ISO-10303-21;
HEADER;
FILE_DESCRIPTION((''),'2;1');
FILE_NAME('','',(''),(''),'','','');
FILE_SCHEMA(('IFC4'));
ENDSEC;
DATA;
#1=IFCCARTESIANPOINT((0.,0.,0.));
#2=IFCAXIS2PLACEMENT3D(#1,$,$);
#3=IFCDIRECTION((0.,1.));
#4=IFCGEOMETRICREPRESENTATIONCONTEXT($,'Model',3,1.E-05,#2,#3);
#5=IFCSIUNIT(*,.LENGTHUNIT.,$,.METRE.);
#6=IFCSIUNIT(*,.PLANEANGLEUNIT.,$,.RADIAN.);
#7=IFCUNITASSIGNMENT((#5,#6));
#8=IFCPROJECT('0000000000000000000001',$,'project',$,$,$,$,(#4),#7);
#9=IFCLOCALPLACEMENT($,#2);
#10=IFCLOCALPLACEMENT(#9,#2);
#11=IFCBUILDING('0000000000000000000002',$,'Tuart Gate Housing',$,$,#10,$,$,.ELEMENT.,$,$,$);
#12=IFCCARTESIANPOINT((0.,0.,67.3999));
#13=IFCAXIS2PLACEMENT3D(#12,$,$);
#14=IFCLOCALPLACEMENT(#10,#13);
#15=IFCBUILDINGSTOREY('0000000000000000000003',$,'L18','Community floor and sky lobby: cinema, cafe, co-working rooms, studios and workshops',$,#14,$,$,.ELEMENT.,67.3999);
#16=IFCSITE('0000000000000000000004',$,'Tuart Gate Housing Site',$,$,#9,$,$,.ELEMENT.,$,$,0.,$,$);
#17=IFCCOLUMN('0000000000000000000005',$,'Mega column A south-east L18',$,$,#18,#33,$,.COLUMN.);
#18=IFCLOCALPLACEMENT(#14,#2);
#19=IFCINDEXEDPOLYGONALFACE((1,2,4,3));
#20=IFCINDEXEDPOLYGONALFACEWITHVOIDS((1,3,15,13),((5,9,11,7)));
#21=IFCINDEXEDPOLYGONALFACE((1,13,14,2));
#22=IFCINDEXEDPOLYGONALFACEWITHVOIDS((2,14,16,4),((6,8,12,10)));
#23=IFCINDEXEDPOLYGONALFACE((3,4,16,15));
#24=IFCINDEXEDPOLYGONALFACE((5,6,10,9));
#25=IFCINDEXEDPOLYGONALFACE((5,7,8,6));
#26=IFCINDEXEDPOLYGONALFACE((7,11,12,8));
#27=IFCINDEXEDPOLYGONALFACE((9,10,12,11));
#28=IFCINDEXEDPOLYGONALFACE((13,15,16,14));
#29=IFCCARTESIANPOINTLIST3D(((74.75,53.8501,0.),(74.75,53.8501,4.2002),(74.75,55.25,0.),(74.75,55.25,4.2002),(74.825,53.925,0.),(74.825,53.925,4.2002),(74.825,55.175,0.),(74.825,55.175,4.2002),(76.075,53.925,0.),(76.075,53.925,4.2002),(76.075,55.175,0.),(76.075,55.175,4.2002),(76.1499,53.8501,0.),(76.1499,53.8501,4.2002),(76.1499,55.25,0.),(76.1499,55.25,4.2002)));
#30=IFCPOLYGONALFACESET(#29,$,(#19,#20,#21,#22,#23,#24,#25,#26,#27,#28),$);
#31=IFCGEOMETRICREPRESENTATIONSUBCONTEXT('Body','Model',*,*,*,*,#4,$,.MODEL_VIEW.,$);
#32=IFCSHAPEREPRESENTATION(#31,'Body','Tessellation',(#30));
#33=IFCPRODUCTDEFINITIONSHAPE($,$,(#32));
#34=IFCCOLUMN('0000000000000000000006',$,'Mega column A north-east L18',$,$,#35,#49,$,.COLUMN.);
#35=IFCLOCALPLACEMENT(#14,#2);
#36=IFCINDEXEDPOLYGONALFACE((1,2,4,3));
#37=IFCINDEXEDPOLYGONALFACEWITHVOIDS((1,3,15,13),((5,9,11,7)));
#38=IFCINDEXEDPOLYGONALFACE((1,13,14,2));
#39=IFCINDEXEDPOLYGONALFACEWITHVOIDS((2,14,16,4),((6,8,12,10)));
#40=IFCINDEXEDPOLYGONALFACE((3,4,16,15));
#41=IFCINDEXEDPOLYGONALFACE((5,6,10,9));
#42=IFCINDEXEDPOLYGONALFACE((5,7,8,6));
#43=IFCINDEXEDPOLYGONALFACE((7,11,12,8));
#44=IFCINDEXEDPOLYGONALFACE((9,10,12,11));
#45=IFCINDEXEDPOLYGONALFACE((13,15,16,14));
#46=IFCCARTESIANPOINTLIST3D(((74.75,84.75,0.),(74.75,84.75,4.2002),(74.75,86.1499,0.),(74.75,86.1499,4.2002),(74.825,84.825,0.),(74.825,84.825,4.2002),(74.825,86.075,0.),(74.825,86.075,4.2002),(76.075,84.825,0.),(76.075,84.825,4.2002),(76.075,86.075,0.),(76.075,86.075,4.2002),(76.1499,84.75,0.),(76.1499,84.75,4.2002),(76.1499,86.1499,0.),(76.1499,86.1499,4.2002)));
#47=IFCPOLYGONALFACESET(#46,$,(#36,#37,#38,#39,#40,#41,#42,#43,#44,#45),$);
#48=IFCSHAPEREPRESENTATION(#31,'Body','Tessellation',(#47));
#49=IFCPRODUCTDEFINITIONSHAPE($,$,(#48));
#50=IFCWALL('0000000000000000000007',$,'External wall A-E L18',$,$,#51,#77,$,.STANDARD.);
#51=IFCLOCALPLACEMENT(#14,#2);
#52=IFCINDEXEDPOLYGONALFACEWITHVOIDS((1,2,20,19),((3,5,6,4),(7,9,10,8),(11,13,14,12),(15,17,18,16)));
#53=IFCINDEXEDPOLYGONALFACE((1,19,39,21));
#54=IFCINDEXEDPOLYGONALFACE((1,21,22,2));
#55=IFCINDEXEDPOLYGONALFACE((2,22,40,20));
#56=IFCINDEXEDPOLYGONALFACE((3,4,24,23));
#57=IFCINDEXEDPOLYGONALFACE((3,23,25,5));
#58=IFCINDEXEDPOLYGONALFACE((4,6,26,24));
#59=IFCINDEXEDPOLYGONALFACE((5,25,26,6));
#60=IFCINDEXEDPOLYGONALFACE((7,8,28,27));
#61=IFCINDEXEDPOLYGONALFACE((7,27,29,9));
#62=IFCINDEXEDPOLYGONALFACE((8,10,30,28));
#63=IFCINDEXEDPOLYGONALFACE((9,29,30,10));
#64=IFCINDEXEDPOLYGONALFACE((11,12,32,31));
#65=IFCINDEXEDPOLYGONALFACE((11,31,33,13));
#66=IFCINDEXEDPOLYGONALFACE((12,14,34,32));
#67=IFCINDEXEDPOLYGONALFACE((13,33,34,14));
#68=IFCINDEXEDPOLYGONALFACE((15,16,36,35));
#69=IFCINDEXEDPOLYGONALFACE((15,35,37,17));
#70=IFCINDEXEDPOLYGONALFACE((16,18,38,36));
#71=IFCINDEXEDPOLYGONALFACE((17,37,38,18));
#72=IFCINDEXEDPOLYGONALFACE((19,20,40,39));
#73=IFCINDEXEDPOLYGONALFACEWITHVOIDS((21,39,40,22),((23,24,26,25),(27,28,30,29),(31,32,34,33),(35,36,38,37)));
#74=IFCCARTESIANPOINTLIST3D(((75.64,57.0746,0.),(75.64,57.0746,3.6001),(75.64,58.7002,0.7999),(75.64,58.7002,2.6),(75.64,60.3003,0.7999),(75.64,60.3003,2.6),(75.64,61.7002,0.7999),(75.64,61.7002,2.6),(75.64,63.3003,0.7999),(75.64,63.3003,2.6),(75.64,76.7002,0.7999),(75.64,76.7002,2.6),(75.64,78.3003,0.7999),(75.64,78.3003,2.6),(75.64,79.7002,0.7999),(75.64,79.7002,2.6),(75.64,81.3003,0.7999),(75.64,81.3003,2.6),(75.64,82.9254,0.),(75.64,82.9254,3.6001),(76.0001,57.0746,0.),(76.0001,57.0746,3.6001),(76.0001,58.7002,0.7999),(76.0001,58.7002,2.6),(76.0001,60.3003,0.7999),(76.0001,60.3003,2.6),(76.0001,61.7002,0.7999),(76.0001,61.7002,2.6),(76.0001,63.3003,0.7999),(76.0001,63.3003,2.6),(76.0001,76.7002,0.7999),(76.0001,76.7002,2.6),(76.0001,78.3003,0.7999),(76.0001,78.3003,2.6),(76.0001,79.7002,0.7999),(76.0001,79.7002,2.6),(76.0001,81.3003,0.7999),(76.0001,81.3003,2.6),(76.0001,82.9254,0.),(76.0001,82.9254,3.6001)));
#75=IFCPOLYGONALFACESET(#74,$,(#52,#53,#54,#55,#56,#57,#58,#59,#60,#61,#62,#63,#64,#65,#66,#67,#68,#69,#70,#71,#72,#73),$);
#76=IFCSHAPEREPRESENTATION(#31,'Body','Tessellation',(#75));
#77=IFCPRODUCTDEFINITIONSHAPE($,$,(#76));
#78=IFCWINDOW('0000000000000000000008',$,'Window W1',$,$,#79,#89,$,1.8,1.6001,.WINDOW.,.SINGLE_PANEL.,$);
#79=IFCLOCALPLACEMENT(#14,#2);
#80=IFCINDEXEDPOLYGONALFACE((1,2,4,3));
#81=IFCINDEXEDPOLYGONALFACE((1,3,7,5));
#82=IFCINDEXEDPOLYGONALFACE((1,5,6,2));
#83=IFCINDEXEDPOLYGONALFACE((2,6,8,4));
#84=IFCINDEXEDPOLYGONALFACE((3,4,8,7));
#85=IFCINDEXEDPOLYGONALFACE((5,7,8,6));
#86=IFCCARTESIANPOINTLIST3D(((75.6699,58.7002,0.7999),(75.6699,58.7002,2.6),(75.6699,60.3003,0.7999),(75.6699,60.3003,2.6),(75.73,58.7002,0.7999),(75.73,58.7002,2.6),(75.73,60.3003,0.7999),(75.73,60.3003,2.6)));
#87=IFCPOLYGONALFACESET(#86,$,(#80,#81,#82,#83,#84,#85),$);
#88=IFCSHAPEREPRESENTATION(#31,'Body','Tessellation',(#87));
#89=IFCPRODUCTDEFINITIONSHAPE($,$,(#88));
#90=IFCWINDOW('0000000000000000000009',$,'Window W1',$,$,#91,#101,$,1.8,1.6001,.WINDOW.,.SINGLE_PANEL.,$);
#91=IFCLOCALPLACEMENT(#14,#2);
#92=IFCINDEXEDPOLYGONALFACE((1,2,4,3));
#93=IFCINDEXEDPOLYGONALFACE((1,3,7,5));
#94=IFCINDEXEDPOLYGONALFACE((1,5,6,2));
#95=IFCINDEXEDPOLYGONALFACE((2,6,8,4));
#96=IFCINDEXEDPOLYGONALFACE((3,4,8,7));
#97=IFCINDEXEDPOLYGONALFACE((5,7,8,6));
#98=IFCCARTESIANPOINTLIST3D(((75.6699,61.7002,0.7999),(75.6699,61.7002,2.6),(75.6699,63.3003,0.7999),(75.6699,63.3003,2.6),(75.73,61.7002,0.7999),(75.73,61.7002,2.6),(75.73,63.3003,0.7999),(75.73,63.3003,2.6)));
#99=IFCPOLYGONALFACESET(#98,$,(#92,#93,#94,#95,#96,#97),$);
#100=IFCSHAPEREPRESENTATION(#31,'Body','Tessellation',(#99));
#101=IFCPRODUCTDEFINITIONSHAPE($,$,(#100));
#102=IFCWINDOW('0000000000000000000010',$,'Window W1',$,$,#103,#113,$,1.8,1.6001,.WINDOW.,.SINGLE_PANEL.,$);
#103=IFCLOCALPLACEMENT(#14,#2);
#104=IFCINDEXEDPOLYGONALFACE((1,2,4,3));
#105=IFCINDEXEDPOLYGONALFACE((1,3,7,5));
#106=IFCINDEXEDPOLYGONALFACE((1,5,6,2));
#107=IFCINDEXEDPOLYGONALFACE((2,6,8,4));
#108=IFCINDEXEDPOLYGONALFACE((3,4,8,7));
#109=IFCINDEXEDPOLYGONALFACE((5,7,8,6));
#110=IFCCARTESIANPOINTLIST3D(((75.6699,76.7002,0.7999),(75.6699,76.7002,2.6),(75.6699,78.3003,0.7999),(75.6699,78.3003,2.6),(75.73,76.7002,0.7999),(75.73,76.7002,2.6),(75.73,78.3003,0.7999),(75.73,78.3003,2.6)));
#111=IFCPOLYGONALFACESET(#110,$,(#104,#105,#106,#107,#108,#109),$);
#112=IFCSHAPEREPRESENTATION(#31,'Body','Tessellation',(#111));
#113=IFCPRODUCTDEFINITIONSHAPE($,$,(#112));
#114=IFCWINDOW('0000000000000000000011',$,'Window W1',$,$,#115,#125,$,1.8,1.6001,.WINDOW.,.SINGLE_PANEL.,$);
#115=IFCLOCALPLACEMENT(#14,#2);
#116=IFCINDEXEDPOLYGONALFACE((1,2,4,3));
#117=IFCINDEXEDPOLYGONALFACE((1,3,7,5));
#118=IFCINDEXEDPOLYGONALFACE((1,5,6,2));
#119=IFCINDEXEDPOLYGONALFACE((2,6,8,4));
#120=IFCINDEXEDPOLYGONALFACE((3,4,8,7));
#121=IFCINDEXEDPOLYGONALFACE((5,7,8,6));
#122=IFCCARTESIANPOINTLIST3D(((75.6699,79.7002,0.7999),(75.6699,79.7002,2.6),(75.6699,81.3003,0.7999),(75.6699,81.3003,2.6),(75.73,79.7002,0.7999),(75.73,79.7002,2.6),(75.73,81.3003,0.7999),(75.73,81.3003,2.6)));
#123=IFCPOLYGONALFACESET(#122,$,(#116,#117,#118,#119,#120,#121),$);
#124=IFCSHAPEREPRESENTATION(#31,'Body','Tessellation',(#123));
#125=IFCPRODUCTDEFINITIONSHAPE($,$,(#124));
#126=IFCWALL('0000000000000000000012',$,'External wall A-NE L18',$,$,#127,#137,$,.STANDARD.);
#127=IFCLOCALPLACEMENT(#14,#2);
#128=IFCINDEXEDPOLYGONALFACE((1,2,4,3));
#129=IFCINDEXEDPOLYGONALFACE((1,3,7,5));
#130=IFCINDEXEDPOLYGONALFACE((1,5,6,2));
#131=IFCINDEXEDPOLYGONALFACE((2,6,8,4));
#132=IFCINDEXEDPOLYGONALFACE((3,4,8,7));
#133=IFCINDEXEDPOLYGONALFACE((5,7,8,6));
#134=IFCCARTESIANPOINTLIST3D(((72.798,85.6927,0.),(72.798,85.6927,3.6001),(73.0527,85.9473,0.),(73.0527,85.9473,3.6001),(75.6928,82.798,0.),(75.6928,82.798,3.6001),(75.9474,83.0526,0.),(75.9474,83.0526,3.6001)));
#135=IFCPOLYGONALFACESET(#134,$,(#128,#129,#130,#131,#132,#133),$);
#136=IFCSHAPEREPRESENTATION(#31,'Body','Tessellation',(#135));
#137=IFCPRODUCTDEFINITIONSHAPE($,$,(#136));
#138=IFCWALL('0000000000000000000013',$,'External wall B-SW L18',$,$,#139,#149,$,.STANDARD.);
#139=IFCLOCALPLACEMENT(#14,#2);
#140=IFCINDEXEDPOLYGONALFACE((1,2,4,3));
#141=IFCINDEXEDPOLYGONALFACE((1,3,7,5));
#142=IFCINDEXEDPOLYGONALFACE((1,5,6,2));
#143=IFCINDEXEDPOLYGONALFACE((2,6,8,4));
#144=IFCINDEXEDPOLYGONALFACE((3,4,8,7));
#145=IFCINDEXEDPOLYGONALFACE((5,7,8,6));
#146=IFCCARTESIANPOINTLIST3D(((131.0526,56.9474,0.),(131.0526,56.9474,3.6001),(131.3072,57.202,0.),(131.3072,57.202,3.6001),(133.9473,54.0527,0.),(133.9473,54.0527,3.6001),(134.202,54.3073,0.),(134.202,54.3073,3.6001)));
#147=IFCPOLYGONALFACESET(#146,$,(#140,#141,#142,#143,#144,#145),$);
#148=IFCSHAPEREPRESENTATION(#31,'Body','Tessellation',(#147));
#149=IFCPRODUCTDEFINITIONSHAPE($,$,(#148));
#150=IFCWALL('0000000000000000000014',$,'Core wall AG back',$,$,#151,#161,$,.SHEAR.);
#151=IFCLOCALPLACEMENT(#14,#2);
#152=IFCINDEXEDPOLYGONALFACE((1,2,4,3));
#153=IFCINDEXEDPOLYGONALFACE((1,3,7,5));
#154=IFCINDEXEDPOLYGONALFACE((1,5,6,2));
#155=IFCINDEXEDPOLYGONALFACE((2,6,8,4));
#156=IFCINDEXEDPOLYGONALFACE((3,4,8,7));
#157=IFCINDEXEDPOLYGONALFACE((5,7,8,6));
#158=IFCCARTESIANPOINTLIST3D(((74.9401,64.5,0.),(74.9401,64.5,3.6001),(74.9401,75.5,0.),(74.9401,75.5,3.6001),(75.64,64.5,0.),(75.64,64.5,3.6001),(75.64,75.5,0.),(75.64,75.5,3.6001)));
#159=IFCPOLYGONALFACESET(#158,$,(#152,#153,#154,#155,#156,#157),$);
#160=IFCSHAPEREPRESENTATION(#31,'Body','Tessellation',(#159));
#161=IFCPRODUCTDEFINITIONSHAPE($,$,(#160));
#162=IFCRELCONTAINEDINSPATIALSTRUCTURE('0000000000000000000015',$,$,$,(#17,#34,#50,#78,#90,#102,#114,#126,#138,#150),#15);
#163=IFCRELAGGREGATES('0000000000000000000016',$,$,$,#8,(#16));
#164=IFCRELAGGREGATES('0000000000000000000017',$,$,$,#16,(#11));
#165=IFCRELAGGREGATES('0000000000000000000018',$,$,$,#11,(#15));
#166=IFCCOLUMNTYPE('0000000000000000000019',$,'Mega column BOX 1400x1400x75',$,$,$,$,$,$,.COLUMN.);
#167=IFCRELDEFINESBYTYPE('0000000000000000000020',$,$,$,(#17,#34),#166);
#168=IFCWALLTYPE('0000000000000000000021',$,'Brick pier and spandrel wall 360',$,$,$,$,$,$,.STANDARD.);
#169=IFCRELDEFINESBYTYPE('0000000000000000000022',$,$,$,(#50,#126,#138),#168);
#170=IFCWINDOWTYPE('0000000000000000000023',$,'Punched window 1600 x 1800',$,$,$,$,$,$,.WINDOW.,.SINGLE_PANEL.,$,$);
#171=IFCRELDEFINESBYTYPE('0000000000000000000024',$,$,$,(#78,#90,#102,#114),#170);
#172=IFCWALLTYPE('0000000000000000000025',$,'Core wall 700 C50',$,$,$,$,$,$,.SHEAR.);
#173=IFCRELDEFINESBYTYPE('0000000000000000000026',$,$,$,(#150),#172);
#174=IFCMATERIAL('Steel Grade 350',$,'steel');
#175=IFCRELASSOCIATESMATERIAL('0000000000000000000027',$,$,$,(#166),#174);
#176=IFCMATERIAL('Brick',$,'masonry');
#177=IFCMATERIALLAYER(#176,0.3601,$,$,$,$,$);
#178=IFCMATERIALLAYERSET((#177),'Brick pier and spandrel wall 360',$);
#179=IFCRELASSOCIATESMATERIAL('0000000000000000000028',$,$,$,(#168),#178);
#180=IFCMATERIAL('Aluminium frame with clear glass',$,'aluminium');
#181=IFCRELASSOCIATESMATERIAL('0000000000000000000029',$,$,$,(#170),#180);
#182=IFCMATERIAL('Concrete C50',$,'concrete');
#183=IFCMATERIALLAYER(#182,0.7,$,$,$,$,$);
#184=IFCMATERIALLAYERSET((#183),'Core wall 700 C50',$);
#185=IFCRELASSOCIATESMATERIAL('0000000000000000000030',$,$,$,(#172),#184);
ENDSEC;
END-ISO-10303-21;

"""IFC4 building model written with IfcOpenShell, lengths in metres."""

from ifc_helpers import new_model, si_unit, direction, frame, frame_2d, origin, origin_2d, place, context, subcontext, project, spatial, rectangle, hollow_rectangle, extrude, material, layer, layer_set, material_profile, profile_set, type_object, element, fill, save


model = new_model("IFC4")

# Units and contexts
model_context = context("Model", 3, precision=1e-05, world=origin(), true_north=direction((0.0, 1.0)))
body_context = subcontext(model_context, "Body", "Model", "MODEL_VIEW")
ifc_project = project(units=[si_unit("LENGTHUNIT", "METRE"), si_unit("PLANEANGLEUNIT", "RADIAN")], contexts=[model_context])

# Site, building, storey
site_placement = place(None, origin())
site = spatial("IfcSite", under=ifc_project, at=site_placement, Name="Tuart Gate Housing Site", CompositionType="ELEMENT", RefElevation=0.0)
building_placement = place(site_placement, origin())
building = spatial("IfcBuilding", under=site, at=building_placement, Name="Tuart Gate Housing", CompositionType="ELEMENT")
storey_placement = place(building_placement, frame((0.0, 0.0, 67.3999)))
storey = spatial("IfcBuildingStorey", under=building, at=storey_placement, Name="L18", Description="Community floor and sky lobby: cinema, cafe, co-working rooms, studios and workshops", CompositionType="ELEMENT", Elevation=67.3999)

# Columns
ifc_material_1 = material(Name="Steel Grade 350", Category="steel")
ifc_material_profile = material_profile(ifc_material_1, hollow_rectangle(XDim=1.3999, YDim=1.3999, WallThickness=0.075, at=origin_2d()), Name="BOX 1400x1400x75")
ifc_profile_set = profile_set([ifc_material_profile], Name="Steel Grade 350")
column_type = type_object("IfcColumnType", Name="Mega column BOX 1400x1400x75", PredefinedType="COLUMN", material=ifc_profile_set)
for number, where, z_axis, x_axis, name in (
    (1, (75.45, 54.55, 0.0), (0.0, 0.0, 1.0), (1.0, 0.0, 0.0), "Mega column A south-east L18"),
    (2, (75.45, 85.45, 0.0), (0.0, 0.0, 1.0), (1.0, 0.0, 0.0), "Mega column A north-east L18"),
):
    element("IfcColumn", number, at=place(storey_placement, frame(where, z_axis=z_axis, x_axis=x_axis)), inside=storey, type_object=column_type, Name=name, PredefinedType="COLUMN", context=body_context, shape_type="SweptSolid", body=[
        extrude(hollow_rectangle(XDim=1.3999, YDim=1.3999, WallThickness=0.075, at=origin_2d()), origin(), (0.0, 0.0, 1.0), 4.2002),
    ])

# Wall, openings, windows
ifc_material_2 = material(Name="Brick", Category="masonry")
ifc_layer_1 = layer(ifc_material_2, 0.3601)
ifc_layer_set_1 = layer_set([ifc_layer_1], Name="Brick pier and spandrel wall 360")
wall_type_1 = type_object("IfcWallType", Name="Brick pier and spandrel wall 360", PredefinedType="STANDARD", material=ifc_layer_set_1)
wall_1_placement = place(storey_placement, frame((75.8201, 57.0747, 0.0), z_axis=(0.0, 0.0, 1.0), x_axis=(0.0, 1.0, 0.0)))
wall_1 = element("IfcWall", 3, at=wall_1_placement, inside=storey, type_object=wall_type_1, Name="External wall A-E L18", PredefinedType="STANDARD", context=body_context, shape_type="SweptSolid", body=[
    extrude(rectangle(XDim=25.8508, YDim=0.3601, at=frame_2d((12.9253, 0.0))), origin(), (0.0, 0.0, 1.0), 3.6001),
])
opening_1_placement = place(wall_1_placement, frame((1.6255, 0.0, 0.8)))
opening_1 = element("IfcOpeningElement", 4, at=opening_1_placement, cuts=wall_1, PredefinedType="OPENING", context=body_context, shape_type="SweptSolid", body=[
    extrude(rectangle(XDim=1.6001, YDim=1.8, at=frame_2d((0.8, 0.8999))), frame((0.0, 0.1899, 0.0), z_axis=(0.0, -1.0, 0.0), x_axis=(1.0, 0.0, 0.0)), (0.0, 0.0, 1.0), 0.3801),
])
opening_2_placement = place(wall_1_placement, frame((4.6255, 0.0, 0.8)))
opening_2 = element("IfcOpeningElement", 5, at=opening_2_placement, cuts=wall_1, PredefinedType="OPENING", context=body_context, shape_type="SweptSolid", body=[
    extrude(rectangle(XDim=1.6001, YDim=1.8, at=frame_2d((0.8, 0.8999))), frame((0.0, 0.1899, 0.0), z_axis=(0.0, -1.0, 0.0), x_axis=(1.0, 0.0, 0.0)), (0.0, 0.0, 1.0), 0.3801),
])
opening_3_placement = place(wall_1_placement, frame((19.6255, 0.0, 0.8)))
opening_3 = element("IfcOpeningElement", 6, at=opening_3_placement, cuts=wall_1, PredefinedType="OPENING", context=body_context, shape_type="SweptSolid", body=[
    extrude(rectangle(XDim=1.6001, YDim=1.8, at=frame_2d((0.8, 0.8999))), frame((0.0, 0.1899, 0.0), z_axis=(0.0, -1.0, 0.0), x_axis=(1.0, 0.0, 0.0)), (0.0, 0.0, 1.0), 0.3801),
])
opening_4_placement = place(wall_1_placement, frame((22.6255, 0.0, 0.8)))
opening_4 = element("IfcOpeningElement", 7, at=opening_4_placement, cuts=wall_1, PredefinedType="OPENING", context=body_context, shape_type="SweptSolid", body=[
    extrude(rectangle(XDim=1.6001, YDim=1.8, at=frame_2d((0.8, 0.8999))), frame((0.0, 0.1899, 0.0), z_axis=(0.0, -1.0, 0.0), x_axis=(1.0, 0.0, 0.0)), (0.0, 0.0, 1.0), 0.3801),
])
ifc_material_3 = material(Name="Aluminium frame with clear glass", Category="aluminium")
window_type = type_object("IfcWindowType", Name="Punched window 1600 x 1800", PartitioningType="SINGLE_PANEL", PredefinedType="WINDOW", material=ifc_material_3)
window_1_placement = place(opening_1_placement, origin())
window_1 = element("IfcWindow", 8, at=window_1_placement, inside=storey, type_object=window_type, Name="Window W1", OverallHeight=1.8, OverallWidth=1.6001, PartitioningType="SINGLE_PANEL", PredefinedType="WINDOW", context=body_context, shape_type="SweptSolid", body=[
    extrude(rectangle(XDim=1.6001, YDim=1.8, at=frame_2d((0.8, 0.8999))), frame((0.0, 0.1501, 0.0), z_axis=(0.0, -1.0, 0.0), x_axis=(1.0, 0.0, 0.0)), (0.0, 0.0, 1.0), 0.0601),
])
fill(opening_1, window_1)
window_2_placement = place(opening_2_placement, origin())
window_2 = element("IfcWindow", 9, at=window_2_placement, inside=storey, type_object=window_type, Name="Window W1", OverallHeight=1.8, OverallWidth=1.6001, PartitioningType="SINGLE_PANEL", PredefinedType="WINDOW", context=body_context, shape_type="SweptSolid", body=[
    extrude(rectangle(XDim=1.6001, YDim=1.8, at=frame_2d((0.8, 0.8999))), frame((0.0, 0.1501, 0.0), z_axis=(0.0, -1.0, 0.0), x_axis=(1.0, 0.0, 0.0)), (0.0, 0.0, 1.0), 0.0601),
])
fill(opening_2, window_2)
window_3_placement = place(opening_3_placement, origin())
window_3 = element("IfcWindow", 10, at=window_3_placement, inside=storey, type_object=window_type, Name="Window W1", OverallHeight=1.8, OverallWidth=1.6001, PartitioningType="SINGLE_PANEL", PredefinedType="WINDOW", context=body_context, shape_type="SweptSolid", body=[
    extrude(rectangle(XDim=1.6001, YDim=1.8, at=frame_2d((0.8, 0.8999))), frame((0.0, 0.1501, 0.0), z_axis=(0.0, -1.0, 0.0), x_axis=(1.0, 0.0, 0.0)), (0.0, 0.0, 1.0), 0.0601),
])
fill(opening_3, window_3)
window_4_placement = place(opening_4_placement, origin())
window_4 = element("IfcWindow", 11, at=window_4_placement, inside=storey, type_object=window_type, Name="Window W1", OverallHeight=1.8, OverallWidth=1.6001, PartitioningType="SINGLE_PANEL", PredefinedType="WINDOW", context=body_context, shape_type="SweptSolid", body=[
    extrude(rectangle(XDim=1.6001, YDim=1.8, at=frame_2d((0.8, 0.8999))), frame((0.0, 0.1501, 0.0), z_axis=(0.0, -1.0, 0.0), x_axis=(1.0, 0.0, 0.0)), (0.0, 0.0, 1.0), 0.0601),
])
fill(opening_4, window_4)

# Walls
for number, where, z_axis, x_axis, name in (
    (12, (75.8201, 82.9253, 0.0), (0.0, 0.0, 1.0), (-0.707107, 0.707107, 0.0), "External wall A-NE L18"),
    (13, (131.1799, 57.0747, 0.0), (0.0, 0.0, 1.0), (0.707107, -0.707107, 0.0), "External wall B-SW L18"),
):
    element("IfcWall", number, at=place(storey_placement, frame(where, z_axis=z_axis, x_axis=x_axis)), inside=storey, type_object=wall_type_1, Name=name, PredefinedType="STANDARD", context=body_context, shape_type="SweptSolid", body=[
        extrude(rectangle(XDim=4.0938, YDim=0.3601, at=frame_2d((2.0469, 0.0))), origin(), (0.0, 0.0, 1.0), 3.6001),
    ])
ifc_material_4 = material(Name="Concrete C50", Category="concrete")
ifc_layer_2 = layer(ifc_material_4, 0.7)
ifc_layer_set_2 = layer_set([ifc_layer_2], Name="Core wall 700 C50")
wall_type_2 = type_object("IfcWallType", Name="Core wall 700 C50", PredefinedType="SHEAR", material=ifc_layer_set_2)
wall_2_placement = place(storey_placement, frame((75.29, 64.5, 0.0), z_axis=(0.0, 0.0, 1.0), x_axis=(0.0, 1.0, 0.0)))
element("IfcWall", 14, at=wall_2_placement, inside=storey, type_object=wall_type_2, Name="Core wall AG back", PredefinedType="SHEAR", context=body_context, shape_type="SweptSolid", body=[
    extrude(rectangle(XDim=11.0, YDim=0.7, at=frame_2d((5.5, 0.0))), origin(), (0.0, 0.0, 1.0), 3.6001),
])

save(model, "model.ifc")
